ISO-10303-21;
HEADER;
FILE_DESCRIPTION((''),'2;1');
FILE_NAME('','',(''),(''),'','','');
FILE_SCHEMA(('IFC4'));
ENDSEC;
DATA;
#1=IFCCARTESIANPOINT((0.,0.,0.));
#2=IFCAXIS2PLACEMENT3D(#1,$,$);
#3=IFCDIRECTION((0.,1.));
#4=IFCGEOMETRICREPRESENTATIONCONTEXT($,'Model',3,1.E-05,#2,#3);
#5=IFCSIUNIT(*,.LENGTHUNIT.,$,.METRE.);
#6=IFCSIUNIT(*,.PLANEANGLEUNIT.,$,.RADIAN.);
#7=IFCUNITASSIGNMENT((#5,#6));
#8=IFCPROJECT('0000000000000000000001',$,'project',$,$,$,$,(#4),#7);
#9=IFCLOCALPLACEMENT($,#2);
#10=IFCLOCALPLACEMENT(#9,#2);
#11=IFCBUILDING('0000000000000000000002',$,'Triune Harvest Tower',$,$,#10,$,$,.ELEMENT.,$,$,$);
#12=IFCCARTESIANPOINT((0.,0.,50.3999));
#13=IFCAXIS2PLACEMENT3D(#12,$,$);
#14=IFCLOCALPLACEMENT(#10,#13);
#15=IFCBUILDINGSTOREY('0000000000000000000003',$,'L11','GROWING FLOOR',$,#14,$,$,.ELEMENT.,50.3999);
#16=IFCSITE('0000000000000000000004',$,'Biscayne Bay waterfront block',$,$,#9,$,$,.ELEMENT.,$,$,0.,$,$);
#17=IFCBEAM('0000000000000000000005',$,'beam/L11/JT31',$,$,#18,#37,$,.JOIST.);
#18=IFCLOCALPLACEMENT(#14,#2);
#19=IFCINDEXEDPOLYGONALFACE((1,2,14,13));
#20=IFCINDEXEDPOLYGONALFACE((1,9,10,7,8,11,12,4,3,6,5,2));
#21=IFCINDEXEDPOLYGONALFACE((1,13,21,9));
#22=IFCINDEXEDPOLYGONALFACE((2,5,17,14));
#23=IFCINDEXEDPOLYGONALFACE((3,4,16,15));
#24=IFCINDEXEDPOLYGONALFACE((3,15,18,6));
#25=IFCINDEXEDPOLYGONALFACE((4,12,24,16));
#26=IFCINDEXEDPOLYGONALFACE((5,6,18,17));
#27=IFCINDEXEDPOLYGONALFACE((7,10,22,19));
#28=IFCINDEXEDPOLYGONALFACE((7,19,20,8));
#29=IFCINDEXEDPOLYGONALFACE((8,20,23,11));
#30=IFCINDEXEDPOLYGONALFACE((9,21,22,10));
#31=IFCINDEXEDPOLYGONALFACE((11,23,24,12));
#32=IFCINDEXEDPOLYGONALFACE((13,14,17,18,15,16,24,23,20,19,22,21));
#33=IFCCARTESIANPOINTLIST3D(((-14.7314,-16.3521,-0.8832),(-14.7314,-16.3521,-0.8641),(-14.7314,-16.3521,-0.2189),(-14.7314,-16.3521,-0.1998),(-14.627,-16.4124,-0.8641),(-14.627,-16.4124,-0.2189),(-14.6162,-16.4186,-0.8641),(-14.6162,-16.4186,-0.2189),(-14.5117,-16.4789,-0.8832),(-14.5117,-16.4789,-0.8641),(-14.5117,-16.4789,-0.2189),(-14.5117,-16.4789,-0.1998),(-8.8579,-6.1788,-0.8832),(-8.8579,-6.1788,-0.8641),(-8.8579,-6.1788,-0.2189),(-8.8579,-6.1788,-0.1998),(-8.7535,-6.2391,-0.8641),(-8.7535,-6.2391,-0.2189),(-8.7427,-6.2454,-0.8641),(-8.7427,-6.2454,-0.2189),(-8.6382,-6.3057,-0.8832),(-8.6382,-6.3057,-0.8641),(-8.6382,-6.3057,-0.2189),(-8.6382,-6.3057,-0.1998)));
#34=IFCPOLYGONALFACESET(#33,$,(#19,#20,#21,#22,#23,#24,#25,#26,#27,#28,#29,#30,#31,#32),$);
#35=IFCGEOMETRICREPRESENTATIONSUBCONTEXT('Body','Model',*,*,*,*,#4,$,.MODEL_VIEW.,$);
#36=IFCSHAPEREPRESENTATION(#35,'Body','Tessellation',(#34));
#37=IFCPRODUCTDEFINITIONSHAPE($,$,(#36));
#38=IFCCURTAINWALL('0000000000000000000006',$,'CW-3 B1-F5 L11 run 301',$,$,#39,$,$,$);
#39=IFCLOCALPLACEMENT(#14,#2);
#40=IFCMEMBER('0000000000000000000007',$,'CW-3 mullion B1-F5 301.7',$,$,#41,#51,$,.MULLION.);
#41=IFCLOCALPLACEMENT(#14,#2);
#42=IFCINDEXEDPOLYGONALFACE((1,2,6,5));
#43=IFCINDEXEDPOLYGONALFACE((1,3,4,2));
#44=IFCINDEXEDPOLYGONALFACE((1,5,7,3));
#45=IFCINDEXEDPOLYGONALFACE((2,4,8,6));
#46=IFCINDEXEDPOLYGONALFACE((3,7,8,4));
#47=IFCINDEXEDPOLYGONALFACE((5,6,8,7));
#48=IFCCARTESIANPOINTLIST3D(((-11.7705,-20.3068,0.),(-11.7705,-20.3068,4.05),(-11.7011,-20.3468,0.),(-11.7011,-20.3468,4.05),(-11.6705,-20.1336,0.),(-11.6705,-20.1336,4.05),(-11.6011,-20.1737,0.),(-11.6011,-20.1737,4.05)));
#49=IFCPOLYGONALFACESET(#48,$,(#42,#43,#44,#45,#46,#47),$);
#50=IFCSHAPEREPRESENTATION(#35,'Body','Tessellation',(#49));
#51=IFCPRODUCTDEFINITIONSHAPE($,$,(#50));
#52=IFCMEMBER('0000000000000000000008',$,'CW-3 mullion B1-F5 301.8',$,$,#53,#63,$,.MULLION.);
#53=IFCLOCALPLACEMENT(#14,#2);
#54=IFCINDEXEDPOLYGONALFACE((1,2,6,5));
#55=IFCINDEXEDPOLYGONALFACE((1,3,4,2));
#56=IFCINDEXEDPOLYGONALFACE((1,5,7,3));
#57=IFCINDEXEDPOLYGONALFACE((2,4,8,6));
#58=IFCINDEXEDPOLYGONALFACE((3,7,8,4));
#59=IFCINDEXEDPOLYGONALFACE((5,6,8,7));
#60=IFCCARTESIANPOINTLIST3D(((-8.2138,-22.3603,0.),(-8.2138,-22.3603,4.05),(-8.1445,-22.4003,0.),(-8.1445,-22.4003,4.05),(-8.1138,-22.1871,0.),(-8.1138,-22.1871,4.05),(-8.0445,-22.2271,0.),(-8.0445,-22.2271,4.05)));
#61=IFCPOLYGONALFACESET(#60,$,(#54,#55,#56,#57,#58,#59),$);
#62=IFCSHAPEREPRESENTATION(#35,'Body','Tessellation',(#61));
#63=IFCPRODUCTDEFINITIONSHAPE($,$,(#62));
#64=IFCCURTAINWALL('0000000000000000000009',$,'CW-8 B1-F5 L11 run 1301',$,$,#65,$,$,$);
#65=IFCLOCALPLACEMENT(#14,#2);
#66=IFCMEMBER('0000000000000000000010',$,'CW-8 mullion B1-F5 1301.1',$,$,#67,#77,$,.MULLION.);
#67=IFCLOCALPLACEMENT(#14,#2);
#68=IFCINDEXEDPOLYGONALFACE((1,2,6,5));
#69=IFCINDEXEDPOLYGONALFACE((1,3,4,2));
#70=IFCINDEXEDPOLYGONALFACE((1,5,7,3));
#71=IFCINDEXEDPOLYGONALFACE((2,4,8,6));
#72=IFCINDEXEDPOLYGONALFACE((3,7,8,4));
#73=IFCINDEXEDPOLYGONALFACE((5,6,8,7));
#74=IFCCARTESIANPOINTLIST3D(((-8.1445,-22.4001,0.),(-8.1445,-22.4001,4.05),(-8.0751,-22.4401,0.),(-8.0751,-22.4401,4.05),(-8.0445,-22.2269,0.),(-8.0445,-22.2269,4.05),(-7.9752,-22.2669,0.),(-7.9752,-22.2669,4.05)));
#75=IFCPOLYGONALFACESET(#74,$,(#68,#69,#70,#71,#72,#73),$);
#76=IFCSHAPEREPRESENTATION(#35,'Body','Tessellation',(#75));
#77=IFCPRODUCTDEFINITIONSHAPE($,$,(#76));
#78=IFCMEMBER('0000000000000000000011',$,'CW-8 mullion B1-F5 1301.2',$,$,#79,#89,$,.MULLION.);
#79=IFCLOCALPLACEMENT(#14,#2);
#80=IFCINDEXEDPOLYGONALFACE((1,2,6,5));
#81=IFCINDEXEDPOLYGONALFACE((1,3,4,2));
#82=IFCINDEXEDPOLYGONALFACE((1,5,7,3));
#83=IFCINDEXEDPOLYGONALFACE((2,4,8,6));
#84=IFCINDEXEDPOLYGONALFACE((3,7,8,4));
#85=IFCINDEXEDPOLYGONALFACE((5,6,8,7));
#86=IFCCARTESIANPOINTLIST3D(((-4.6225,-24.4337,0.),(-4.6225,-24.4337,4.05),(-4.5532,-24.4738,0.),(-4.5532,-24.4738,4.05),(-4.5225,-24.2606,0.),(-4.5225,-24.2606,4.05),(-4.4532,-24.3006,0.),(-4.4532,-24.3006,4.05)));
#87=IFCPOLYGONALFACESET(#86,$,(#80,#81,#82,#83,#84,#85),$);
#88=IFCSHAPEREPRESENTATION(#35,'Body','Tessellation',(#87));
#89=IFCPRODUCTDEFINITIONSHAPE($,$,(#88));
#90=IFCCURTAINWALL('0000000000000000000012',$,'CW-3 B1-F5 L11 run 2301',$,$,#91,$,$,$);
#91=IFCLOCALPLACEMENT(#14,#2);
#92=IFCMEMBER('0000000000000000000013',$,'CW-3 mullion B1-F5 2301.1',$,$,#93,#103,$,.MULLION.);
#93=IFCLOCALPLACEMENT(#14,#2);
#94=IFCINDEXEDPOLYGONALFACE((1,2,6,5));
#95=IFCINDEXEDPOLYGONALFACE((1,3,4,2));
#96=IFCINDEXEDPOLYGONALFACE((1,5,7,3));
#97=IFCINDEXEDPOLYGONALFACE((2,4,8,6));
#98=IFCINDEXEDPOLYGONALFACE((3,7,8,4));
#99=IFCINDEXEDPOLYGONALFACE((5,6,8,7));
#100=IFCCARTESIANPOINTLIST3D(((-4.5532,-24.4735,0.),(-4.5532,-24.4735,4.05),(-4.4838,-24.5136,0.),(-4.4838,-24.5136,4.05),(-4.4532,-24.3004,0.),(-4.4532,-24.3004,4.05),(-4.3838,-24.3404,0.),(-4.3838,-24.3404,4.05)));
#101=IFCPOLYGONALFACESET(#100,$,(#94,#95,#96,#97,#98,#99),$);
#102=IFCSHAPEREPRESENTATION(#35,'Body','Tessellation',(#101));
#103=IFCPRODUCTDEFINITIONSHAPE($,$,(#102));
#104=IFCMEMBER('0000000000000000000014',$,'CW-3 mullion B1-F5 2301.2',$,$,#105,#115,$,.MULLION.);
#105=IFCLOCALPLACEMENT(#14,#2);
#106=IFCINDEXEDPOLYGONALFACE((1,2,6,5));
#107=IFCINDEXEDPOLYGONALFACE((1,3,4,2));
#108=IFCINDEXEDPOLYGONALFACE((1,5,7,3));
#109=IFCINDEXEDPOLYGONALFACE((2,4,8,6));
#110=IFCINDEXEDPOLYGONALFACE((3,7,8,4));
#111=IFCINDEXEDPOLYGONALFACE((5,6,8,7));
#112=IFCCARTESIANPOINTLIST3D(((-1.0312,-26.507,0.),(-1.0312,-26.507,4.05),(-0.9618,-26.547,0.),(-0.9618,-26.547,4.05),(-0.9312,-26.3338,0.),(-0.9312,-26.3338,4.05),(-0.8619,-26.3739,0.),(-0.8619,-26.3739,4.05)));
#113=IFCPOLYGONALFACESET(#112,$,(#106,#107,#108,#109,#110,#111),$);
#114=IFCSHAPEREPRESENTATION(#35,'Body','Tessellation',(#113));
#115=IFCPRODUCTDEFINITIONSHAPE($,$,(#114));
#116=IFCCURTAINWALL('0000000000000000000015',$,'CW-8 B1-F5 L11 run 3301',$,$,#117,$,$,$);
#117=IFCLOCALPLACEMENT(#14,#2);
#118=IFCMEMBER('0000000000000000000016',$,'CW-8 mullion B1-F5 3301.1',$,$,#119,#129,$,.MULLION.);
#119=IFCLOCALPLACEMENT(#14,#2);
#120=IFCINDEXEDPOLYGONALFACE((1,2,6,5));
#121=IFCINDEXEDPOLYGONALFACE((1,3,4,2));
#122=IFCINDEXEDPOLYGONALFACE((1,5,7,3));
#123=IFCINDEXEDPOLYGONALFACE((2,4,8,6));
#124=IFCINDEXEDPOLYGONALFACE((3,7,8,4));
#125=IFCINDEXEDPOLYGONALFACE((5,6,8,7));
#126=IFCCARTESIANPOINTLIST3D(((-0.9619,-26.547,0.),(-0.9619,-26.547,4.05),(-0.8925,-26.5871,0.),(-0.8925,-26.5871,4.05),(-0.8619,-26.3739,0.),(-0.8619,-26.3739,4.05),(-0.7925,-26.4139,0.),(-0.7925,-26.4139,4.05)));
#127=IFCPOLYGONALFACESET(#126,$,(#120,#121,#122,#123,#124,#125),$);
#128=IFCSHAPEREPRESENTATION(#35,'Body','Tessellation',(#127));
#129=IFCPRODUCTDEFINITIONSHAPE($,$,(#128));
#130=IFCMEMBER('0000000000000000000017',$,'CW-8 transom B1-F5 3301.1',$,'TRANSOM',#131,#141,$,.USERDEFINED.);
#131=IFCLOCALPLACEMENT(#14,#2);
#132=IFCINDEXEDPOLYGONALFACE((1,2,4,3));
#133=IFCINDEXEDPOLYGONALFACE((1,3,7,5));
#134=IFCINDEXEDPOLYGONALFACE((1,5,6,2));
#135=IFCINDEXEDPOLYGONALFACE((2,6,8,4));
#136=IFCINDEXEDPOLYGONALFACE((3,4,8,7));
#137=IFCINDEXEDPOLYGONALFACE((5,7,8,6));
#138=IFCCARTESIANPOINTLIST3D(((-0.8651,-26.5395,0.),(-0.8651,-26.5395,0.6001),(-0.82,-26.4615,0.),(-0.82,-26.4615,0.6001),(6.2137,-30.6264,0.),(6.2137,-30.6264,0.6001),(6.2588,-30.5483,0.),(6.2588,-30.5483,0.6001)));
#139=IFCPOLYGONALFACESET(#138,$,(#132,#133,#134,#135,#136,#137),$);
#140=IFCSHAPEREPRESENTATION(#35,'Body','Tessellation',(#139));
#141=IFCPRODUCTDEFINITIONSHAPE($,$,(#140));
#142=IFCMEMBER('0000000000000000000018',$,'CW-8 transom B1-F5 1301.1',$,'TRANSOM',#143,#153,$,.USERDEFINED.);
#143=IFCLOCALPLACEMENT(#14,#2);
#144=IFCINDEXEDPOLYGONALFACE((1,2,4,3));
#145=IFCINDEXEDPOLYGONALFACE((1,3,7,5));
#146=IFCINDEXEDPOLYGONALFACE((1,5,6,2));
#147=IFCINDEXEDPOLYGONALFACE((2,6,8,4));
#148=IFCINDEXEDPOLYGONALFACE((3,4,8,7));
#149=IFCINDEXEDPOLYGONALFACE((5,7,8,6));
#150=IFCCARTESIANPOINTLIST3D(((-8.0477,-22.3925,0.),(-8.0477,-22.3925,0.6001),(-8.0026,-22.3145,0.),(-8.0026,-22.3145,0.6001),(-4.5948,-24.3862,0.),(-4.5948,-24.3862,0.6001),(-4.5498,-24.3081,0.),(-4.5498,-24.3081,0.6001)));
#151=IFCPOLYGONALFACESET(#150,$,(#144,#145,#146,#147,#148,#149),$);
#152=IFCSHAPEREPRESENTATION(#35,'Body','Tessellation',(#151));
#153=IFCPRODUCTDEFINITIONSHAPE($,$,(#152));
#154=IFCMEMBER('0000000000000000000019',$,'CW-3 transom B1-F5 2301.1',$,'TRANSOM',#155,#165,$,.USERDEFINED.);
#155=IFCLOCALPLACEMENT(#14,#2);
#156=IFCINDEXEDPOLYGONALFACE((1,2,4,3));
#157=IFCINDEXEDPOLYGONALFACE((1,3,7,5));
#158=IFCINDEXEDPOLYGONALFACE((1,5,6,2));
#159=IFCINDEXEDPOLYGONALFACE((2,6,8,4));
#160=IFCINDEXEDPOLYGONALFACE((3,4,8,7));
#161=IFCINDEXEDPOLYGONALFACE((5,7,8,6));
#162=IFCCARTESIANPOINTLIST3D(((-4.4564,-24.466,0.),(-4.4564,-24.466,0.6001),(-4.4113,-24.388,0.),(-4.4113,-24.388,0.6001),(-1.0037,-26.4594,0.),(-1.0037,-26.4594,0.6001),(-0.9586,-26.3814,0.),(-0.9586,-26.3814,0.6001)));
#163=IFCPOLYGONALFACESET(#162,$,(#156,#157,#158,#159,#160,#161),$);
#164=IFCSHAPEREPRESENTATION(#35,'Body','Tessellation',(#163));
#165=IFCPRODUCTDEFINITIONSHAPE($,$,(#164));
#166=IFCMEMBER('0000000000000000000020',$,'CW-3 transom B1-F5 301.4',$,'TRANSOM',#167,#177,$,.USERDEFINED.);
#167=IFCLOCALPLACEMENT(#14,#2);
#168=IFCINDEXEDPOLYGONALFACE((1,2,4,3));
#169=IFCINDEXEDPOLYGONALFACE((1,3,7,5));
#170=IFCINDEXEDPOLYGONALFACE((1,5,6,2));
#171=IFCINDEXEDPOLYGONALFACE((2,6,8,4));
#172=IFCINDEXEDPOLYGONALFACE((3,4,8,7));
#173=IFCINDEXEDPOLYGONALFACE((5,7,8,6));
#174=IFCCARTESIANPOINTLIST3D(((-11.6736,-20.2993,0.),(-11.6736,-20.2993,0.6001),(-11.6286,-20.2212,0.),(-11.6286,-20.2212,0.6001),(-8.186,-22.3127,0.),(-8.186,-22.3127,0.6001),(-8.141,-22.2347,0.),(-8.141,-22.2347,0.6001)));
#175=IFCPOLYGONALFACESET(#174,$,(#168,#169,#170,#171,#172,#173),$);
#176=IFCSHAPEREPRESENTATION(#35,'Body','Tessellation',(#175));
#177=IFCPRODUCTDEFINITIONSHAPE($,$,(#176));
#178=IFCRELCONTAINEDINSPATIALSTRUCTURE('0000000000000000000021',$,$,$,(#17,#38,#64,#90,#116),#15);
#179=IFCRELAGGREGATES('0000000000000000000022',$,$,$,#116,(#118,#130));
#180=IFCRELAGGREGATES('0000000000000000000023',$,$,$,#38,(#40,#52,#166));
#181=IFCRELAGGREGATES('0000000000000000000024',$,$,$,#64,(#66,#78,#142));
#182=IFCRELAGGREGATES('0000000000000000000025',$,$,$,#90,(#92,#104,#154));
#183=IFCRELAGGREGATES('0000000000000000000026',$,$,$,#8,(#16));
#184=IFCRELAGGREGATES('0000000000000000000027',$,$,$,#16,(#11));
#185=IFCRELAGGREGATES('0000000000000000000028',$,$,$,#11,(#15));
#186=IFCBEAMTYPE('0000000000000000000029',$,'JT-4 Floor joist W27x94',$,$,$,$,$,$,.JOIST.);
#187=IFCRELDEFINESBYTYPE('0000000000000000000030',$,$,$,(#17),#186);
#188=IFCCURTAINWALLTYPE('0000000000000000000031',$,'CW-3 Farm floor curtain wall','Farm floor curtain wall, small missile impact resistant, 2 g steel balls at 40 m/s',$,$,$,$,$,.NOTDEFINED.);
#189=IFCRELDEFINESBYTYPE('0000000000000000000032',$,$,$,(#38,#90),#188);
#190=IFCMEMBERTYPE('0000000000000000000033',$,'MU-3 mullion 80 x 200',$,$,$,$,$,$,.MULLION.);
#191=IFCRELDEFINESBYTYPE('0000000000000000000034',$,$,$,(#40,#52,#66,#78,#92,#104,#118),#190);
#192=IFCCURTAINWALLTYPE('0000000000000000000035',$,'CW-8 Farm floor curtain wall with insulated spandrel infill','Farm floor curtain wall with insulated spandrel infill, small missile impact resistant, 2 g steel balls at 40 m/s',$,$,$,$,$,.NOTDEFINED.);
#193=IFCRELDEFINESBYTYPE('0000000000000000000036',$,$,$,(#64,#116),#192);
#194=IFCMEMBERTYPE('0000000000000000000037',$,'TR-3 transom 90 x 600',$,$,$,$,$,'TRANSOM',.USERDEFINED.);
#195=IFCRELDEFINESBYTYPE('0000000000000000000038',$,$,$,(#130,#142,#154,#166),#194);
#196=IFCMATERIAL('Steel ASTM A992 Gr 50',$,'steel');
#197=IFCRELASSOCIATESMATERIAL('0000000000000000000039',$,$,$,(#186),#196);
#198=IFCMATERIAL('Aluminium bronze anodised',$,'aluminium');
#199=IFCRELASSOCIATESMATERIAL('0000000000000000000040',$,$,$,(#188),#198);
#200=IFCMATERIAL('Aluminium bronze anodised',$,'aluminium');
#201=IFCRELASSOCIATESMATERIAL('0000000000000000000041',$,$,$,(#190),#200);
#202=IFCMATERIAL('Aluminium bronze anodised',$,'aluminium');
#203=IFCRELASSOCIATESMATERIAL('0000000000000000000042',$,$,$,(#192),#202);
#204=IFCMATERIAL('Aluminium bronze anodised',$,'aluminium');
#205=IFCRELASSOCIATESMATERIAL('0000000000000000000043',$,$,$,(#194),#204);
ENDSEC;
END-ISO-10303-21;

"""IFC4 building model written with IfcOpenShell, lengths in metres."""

from ifc_helpers import new_model, si_unit, direction, frame, origin, origin_2d, place, context, subcontext, project, spatial, rectangle, i_section, extrude, source, transform, mapped, material, material_profile, profile_set, type_object, element, aggregate, save


model = new_model("IFC4")

# Units and contexts
model_context = context("Model", 3, precision=1e-05, world=origin(), true_north=direction((0.0, 1.0)))
body_context = subcontext(model_context, "Body", "Model", "MODEL_VIEW")
ifc_project = project(units=[si_unit("LENGTHUNIT", "METRE"), si_unit("PLANEANGLEUNIT", "RADIAN")], contexts=[model_context])

# Site, building, storey
site_placement = place(None, origin())
site = spatial("IfcSite", under=ifc_project, at=site_placement, Name="Biscayne Bay waterfront block", CompositionType="ELEMENT", RefElevation=0.0)
building_placement = place(site_placement, origin())
building = spatial("IfcBuilding", under=site, at=building_placement, Name="Triune Harvest Tower", CompositionType="ELEMENT")
storey_placement = place(building_placement, frame((0.0, 0.0, 50.3999)))
storey = spatial("IfcBuildingStorey", under=building, at=storey_placement, Name="L11", Description="GROWING FLOOR", CompositionType="ELEMENT", Elevation=50.3999)

# Beam
ifc_material_1 = material(Name="Steel ASTM A992 Gr 50", Category="steel")
ifc_material_profile_1 = material_profile(ifc_material_1, i_section(OverallWidth=0.2537, OverallDepth=0.6833, WebThickness=0.0125, FlangeThickness=0.019, at=origin_2d()), Name="W27x94")
ifc_profile_set_1 = profile_set([ifc_material_profile_1], Name="Steel ASTM A992 Gr 50")
beam_type_1 = type_object("IfcBeamType", Name="JT-4 Floor joist W27x94", PredefinedType="JOIST", material=ifc_profile_set_1)
shared_shape_1 = source(origin(), body_context, "Body", "SweptSolid", [
    extrude(i_section(OverallWidth=0.2537, OverallDepth=0.6833, WebThickness=0.0125, FlangeThickness=0.019, at=origin_2d()), origin(), (0.0, 0.0, 1.0), 11.7471),
])
beam_1_placement = place(storey_placement, frame((-14.6216, -16.4155, -0.5415), z_axis=(0.499997, 0.866027, 0.0), x_axis=(-0.866027, 0.499997, 0.0)))
element("IfcBeam", 1, at=beam_1_placement, inside=storey, type_object=beam_type_1, Name="beam/L11/JT31", PredefinedType="JOIST", context=body_context, shape_type="MappedRepresentation", body=[
    mapped(shared_shape_1, transform((0.0, 0.0, 0.0), scale=1.0)),
])

# Curtain walls, members
ifc_material_2 = material(Name="Aluminium bronze anodised", Category="aluminium")
curtain_wall_type_1 = type_object("IfcCurtainWallType", Name="CW-3 Farm floor curtain wall", Description="Farm floor curtain wall, small missile impact resistant, 2 g steel balls at 40 m/s", PredefinedType="NOTDEFINED", material=ifc_material_2)
curtain_wall_1_placement = place(storey_placement, origin())
curtain_wall_1 = element("IfcCurtainWall", 2, at=curtain_wall_1_placement, inside=storey, type_object=curtain_wall_type_1, Name="CW-3 B1-F5 L11 run 301")
ifc_material_3 = material(Name="Aluminium bronze anodised", Category="aluminium")
ifc_material_profile_2 = material_profile(ifc_material_3, rectangle(XDim=0.2, YDim=0.0801, at=origin_2d()), Name="MU-3 mullion 80 x 200")
ifc_profile_set_2 = profile_set([ifc_material_profile_2], Name="Aluminium bronze anodised")
member_type_1 = type_object("IfcMemberType", Name="MU-3 mullion 80 x 200", PredefinedType="MULLION", material=ifc_profile_set_2)
shared_shape_2 = source(origin(), body_context, "Body", "SweptSolid", [
    extrude(rectangle(XDim=0.2, YDim=0.0801, at=origin_2d()), origin(), (0.0, 0.0, 1.0), 4.05),
])
member_1_placement = place(storey_placement, frame((-11.6858, -20.2402, 0.0), z_axis=(0.0, 0.0, 1.0), x_axis=(0.499999, 0.866026, 0.0)))
member_1 = element("IfcMember", 3, at=member_1_placement, type_object=member_type_1, Name="CW-3 mullion B1-F5 301.7", PredefinedType="MULLION", context=body_context, shape_type="MappedRepresentation", body=[
    mapped(shared_shape_2, transform((0.0, 0.0, 0.0), scale=1.0)),
])
member_2_placement = place(storey_placement, frame((-8.1292, -22.2937, 0.0), z_axis=(0.0, 0.0, 1.0), x_axis=(0.499999, 0.866026, 0.0)))
member_2 = element("IfcMember", 4, at=member_2_placement, type_object=member_type_1, Name="CW-3 mullion B1-F5 301.8", PredefinedType="MULLION", context=body_context, shape_type="MappedRepresentation", body=[
    mapped(shared_shape_2, transform((0.0, 0.0, 0.0), scale=1.0)),
])
ifc_material_4 = material(Name="Aluminium bronze anodised", Category="aluminium")
curtain_wall_type_2 = type_object("IfcCurtainWallType", Name="CW-8 Farm floor curtain wall with insulated spandrel infill", Description="Farm floor curtain wall with insulated spandrel infill, small missile impact resistant, 2 g steel balls at 40 m/s", PredefinedType="NOTDEFINED", material=ifc_material_4)
curtain_wall_2_placement = place(storey_placement, origin())
curtain_wall_2 = element("IfcCurtainWall", 5, at=curtain_wall_2_placement, inside=storey, type_object=curtain_wall_type_2, Name="CW-8 B1-F5 L11 run 1301")
member_3_placement = place(storey_placement, frame((-8.0598, -22.3335, 0.0), z_axis=(0.0, 0.0, 1.0), x_axis=(0.500011, 0.866019, 0.0)))
member_3 = element("IfcMember", 6, at=member_3_placement, type_object=member_type_1, Name="CW-8 mullion B1-F5 1301.1", PredefinedType="MULLION", context=body_context, shape_type="MappedRepresentation", body=[
    mapped(shared_shape_2, transform((0.0, 0.0, 0.0), scale=1.0)),
])
member_4_placement = place(storey_placement, frame((-4.5378, -24.3672, 0.0), z_axis=(0.0, 0.0, 1.0), x_axis=(0.500011, 0.866019, 0.0)))
member_4 = element("IfcMember", 7, at=member_4_placement, type_object=member_type_1, Name="CW-8 mullion B1-F5 1301.2", PredefinedType="MULLION", context=body_context, shape_type="MappedRepresentation", body=[
    mapped(shared_shape_2, transform((0.0, 0.0, 0.0), scale=1.0)),
])
curtain_wall_3_placement = place(storey_placement, origin())
curtain_wall_3 = element("IfcCurtainWall", 8, at=curtain_wall_3_placement, inside=storey, type_object=curtain_wall_type_1, Name="CW-3 B1-F5 L11 run 2301")
member_5_placement = place(storey_placement, frame((-4.4685, -24.407, 0.0), z_axis=(0.0, 0.0, 1.0), x_axis=(0.499993, 0.866029, 0.0)))
member_5 = element("IfcMember", 9, at=member_5_placement, type_object=member_type_1, Name="CW-3 mullion B1-F5 2301.1", PredefinedType="MULLION", context=body_context, shape_type="MappedRepresentation", body=[
    mapped(shared_shape_2, transform((0.0, 0.0, 0.0), scale=1.0)),
])
member_6_placement = place(storey_placement, frame((-0.9465, -26.4404, 0.0), z_axis=(0.0, 0.0, 1.0), x_axis=(0.499993, 0.866029, 0.0)))
member_6 = element("IfcMember", 10, at=member_6_placement, type_object=member_type_1, Name="CW-3 mullion B1-F5 2301.2", PredefinedType="MULLION", context=body_context, shape_type="MappedRepresentation", body=[
    mapped(shared_shape_2, transform((0.0, 0.0, 0.0), scale=1.0)),
])
curtain_wall_4_placement = place(storey_placement, origin())
curtain_wall_4 = element("IfcCurtainWall", 11, at=curtain_wall_4_placement, inside=storey, type_object=curtain_wall_type_2, Name="CW-8 B1-F5 L11 run 3301")
member_7_placement = place(storey_placement, frame((-0.8772, -26.4805, 0.0), z_axis=(0.0, 0.0, 1.0), x_axis=(0.500002, 0.866024, 0.0)))
member_7 = element("IfcMember", 12, at=member_7_placement, type_object=member_type_1, Name="CW-8 mullion B1-F5 3301.1", PredefinedType="MULLION", context=body_context, shape_type="MappedRepresentation", body=[
    mapped(shared_shape_2, transform((0.0, 0.0, 0.0), scale=1.0)),
])
ifc_material_5 = material(Name="Aluminium bronze anodised", Category="aluminium")
ifc_material_profile_3 = material_profile(ifc_material_5, rectangle(XDim=0.0901, YDim=0.6001, at=origin_2d()), Name="TR-3 transom 90 x 600")
ifc_profile_set_3 = profile_set([ifc_material_profile_3], Name="Aluminium bronze anodised")
member_type_2 = type_object("IfcMemberType", Name="TR-3 transom 90 x 600", ElementType="TRANSOM", PredefinedType="USERDEFINED", material=ifc_profile_set_3)
shared_shape_3 = source(origin(), body_context, "Body", "SweptSolid", [
    extrude(rectangle(XDim=0.0901, YDim=0.6001, at=origin_2d()), origin(), (0.0, 0.0, 1.0), 8.1738),
])
member_8_placement = place(storey_placement, frame((-0.8425, -26.5005, 0.3), z_axis=(0.866029, -0.499994, 0.0), x_axis=(0.499994, 0.866029, 0.0)))
member_8 = element("IfcMember", 13, at=member_8_placement, type_object=member_type_2, Name="CW-8 transom B1-F5 3301.1", ObjectType="TRANSOM", PredefinedType="USERDEFINED", context=body_context, shape_type="MappedRepresentation", body=[
    mapped(shared_shape_3, transform((0.0, 0.0, 0.0), scale=1.0)),
])

# Members
shared_shape_4 = source(origin(), body_context, "Body", "SweptSolid", [
    extrude(rectangle(XDim=0.0901, YDim=0.6001, at=origin_2d()), origin(), (0.0, 0.0, 1.0), 3.9871),
])
member_9_placement = place(storey_placement, frame((-8.0251, -22.3535, 0.3), z_axis=(0.866011, -0.500025, 0.0), x_axis=(0.500025, 0.866011, 0.0)))
member_9 = element("IfcMember", 14, at=member_9_placement, type_object=member_type_2, Name="CW-8 transom B1-F5 1301.1", ObjectType="TRANSOM", PredefinedType="USERDEFINED", context=body_context, shape_type="MappedRepresentation", body=[
    mapped(shared_shape_4, transform((0.0, 0.0, 0.0), scale=1.0)),
])
shared_shape_5 = source(origin(), body_context, "Body", "SweptSolid", [
    extrude(rectangle(XDim=0.0901, YDim=0.6001, at=origin_2d()), origin(), (0.0, 0.0, 1.0), 3.9868),
])
member_10_placement = place(storey_placement, frame((-4.4338, -24.427, 0.3), z_axis=(0.866022, -0.500005, 0.0), x_axis=(0.500005, 0.866022, 0.0)))
member_10 = element("IfcMember", 15, at=member_10_placement, type_object=member_type_2, Name="CW-3 transom B1-F5 2301.1", ObjectType="TRANSOM", PredefinedType="USERDEFINED", context=body_context, shape_type="MappedRepresentation", body=[
    mapped(shared_shape_5, transform((0.0, 0.0, 0.0), scale=1.0)),
])
shared_shape_6 = source(origin(), body_context, "Body", "SweptSolid", [
    extrude(rectangle(XDim=0.0901, YDim=0.6001, at=origin_2d()), origin(), (0.0, 0.0, 1.0), 4.0271),
])
member_11_placement = place(storey_placement, frame((-11.6511, -20.2603, 0.3), z_axis=(0.866037, -0.49998, 0.0), x_axis=(0.49998, 0.866037, 0.0)))
member_11 = element("IfcMember", 16, at=member_11_placement, type_object=member_type_2, Name="CW-3 transom B1-F5 301.4", ObjectType="TRANSOM", PredefinedType="USERDEFINED", context=body_context, shape_type="MappedRepresentation", body=[
    mapped(shared_shape_6, transform((0.0, 0.0, 0.0), scale=1.0)),
])

aggregate(curtain_wall_4, [member_7, member_8])
aggregate(curtain_wall_1, [member_1, member_2, member_11])
aggregate(curtain_wall_2, [member_3, member_4, member_9])
aggregate(curtain_wall_3, [member_5, member_6, member_10])

save(model, "model.ifc")
